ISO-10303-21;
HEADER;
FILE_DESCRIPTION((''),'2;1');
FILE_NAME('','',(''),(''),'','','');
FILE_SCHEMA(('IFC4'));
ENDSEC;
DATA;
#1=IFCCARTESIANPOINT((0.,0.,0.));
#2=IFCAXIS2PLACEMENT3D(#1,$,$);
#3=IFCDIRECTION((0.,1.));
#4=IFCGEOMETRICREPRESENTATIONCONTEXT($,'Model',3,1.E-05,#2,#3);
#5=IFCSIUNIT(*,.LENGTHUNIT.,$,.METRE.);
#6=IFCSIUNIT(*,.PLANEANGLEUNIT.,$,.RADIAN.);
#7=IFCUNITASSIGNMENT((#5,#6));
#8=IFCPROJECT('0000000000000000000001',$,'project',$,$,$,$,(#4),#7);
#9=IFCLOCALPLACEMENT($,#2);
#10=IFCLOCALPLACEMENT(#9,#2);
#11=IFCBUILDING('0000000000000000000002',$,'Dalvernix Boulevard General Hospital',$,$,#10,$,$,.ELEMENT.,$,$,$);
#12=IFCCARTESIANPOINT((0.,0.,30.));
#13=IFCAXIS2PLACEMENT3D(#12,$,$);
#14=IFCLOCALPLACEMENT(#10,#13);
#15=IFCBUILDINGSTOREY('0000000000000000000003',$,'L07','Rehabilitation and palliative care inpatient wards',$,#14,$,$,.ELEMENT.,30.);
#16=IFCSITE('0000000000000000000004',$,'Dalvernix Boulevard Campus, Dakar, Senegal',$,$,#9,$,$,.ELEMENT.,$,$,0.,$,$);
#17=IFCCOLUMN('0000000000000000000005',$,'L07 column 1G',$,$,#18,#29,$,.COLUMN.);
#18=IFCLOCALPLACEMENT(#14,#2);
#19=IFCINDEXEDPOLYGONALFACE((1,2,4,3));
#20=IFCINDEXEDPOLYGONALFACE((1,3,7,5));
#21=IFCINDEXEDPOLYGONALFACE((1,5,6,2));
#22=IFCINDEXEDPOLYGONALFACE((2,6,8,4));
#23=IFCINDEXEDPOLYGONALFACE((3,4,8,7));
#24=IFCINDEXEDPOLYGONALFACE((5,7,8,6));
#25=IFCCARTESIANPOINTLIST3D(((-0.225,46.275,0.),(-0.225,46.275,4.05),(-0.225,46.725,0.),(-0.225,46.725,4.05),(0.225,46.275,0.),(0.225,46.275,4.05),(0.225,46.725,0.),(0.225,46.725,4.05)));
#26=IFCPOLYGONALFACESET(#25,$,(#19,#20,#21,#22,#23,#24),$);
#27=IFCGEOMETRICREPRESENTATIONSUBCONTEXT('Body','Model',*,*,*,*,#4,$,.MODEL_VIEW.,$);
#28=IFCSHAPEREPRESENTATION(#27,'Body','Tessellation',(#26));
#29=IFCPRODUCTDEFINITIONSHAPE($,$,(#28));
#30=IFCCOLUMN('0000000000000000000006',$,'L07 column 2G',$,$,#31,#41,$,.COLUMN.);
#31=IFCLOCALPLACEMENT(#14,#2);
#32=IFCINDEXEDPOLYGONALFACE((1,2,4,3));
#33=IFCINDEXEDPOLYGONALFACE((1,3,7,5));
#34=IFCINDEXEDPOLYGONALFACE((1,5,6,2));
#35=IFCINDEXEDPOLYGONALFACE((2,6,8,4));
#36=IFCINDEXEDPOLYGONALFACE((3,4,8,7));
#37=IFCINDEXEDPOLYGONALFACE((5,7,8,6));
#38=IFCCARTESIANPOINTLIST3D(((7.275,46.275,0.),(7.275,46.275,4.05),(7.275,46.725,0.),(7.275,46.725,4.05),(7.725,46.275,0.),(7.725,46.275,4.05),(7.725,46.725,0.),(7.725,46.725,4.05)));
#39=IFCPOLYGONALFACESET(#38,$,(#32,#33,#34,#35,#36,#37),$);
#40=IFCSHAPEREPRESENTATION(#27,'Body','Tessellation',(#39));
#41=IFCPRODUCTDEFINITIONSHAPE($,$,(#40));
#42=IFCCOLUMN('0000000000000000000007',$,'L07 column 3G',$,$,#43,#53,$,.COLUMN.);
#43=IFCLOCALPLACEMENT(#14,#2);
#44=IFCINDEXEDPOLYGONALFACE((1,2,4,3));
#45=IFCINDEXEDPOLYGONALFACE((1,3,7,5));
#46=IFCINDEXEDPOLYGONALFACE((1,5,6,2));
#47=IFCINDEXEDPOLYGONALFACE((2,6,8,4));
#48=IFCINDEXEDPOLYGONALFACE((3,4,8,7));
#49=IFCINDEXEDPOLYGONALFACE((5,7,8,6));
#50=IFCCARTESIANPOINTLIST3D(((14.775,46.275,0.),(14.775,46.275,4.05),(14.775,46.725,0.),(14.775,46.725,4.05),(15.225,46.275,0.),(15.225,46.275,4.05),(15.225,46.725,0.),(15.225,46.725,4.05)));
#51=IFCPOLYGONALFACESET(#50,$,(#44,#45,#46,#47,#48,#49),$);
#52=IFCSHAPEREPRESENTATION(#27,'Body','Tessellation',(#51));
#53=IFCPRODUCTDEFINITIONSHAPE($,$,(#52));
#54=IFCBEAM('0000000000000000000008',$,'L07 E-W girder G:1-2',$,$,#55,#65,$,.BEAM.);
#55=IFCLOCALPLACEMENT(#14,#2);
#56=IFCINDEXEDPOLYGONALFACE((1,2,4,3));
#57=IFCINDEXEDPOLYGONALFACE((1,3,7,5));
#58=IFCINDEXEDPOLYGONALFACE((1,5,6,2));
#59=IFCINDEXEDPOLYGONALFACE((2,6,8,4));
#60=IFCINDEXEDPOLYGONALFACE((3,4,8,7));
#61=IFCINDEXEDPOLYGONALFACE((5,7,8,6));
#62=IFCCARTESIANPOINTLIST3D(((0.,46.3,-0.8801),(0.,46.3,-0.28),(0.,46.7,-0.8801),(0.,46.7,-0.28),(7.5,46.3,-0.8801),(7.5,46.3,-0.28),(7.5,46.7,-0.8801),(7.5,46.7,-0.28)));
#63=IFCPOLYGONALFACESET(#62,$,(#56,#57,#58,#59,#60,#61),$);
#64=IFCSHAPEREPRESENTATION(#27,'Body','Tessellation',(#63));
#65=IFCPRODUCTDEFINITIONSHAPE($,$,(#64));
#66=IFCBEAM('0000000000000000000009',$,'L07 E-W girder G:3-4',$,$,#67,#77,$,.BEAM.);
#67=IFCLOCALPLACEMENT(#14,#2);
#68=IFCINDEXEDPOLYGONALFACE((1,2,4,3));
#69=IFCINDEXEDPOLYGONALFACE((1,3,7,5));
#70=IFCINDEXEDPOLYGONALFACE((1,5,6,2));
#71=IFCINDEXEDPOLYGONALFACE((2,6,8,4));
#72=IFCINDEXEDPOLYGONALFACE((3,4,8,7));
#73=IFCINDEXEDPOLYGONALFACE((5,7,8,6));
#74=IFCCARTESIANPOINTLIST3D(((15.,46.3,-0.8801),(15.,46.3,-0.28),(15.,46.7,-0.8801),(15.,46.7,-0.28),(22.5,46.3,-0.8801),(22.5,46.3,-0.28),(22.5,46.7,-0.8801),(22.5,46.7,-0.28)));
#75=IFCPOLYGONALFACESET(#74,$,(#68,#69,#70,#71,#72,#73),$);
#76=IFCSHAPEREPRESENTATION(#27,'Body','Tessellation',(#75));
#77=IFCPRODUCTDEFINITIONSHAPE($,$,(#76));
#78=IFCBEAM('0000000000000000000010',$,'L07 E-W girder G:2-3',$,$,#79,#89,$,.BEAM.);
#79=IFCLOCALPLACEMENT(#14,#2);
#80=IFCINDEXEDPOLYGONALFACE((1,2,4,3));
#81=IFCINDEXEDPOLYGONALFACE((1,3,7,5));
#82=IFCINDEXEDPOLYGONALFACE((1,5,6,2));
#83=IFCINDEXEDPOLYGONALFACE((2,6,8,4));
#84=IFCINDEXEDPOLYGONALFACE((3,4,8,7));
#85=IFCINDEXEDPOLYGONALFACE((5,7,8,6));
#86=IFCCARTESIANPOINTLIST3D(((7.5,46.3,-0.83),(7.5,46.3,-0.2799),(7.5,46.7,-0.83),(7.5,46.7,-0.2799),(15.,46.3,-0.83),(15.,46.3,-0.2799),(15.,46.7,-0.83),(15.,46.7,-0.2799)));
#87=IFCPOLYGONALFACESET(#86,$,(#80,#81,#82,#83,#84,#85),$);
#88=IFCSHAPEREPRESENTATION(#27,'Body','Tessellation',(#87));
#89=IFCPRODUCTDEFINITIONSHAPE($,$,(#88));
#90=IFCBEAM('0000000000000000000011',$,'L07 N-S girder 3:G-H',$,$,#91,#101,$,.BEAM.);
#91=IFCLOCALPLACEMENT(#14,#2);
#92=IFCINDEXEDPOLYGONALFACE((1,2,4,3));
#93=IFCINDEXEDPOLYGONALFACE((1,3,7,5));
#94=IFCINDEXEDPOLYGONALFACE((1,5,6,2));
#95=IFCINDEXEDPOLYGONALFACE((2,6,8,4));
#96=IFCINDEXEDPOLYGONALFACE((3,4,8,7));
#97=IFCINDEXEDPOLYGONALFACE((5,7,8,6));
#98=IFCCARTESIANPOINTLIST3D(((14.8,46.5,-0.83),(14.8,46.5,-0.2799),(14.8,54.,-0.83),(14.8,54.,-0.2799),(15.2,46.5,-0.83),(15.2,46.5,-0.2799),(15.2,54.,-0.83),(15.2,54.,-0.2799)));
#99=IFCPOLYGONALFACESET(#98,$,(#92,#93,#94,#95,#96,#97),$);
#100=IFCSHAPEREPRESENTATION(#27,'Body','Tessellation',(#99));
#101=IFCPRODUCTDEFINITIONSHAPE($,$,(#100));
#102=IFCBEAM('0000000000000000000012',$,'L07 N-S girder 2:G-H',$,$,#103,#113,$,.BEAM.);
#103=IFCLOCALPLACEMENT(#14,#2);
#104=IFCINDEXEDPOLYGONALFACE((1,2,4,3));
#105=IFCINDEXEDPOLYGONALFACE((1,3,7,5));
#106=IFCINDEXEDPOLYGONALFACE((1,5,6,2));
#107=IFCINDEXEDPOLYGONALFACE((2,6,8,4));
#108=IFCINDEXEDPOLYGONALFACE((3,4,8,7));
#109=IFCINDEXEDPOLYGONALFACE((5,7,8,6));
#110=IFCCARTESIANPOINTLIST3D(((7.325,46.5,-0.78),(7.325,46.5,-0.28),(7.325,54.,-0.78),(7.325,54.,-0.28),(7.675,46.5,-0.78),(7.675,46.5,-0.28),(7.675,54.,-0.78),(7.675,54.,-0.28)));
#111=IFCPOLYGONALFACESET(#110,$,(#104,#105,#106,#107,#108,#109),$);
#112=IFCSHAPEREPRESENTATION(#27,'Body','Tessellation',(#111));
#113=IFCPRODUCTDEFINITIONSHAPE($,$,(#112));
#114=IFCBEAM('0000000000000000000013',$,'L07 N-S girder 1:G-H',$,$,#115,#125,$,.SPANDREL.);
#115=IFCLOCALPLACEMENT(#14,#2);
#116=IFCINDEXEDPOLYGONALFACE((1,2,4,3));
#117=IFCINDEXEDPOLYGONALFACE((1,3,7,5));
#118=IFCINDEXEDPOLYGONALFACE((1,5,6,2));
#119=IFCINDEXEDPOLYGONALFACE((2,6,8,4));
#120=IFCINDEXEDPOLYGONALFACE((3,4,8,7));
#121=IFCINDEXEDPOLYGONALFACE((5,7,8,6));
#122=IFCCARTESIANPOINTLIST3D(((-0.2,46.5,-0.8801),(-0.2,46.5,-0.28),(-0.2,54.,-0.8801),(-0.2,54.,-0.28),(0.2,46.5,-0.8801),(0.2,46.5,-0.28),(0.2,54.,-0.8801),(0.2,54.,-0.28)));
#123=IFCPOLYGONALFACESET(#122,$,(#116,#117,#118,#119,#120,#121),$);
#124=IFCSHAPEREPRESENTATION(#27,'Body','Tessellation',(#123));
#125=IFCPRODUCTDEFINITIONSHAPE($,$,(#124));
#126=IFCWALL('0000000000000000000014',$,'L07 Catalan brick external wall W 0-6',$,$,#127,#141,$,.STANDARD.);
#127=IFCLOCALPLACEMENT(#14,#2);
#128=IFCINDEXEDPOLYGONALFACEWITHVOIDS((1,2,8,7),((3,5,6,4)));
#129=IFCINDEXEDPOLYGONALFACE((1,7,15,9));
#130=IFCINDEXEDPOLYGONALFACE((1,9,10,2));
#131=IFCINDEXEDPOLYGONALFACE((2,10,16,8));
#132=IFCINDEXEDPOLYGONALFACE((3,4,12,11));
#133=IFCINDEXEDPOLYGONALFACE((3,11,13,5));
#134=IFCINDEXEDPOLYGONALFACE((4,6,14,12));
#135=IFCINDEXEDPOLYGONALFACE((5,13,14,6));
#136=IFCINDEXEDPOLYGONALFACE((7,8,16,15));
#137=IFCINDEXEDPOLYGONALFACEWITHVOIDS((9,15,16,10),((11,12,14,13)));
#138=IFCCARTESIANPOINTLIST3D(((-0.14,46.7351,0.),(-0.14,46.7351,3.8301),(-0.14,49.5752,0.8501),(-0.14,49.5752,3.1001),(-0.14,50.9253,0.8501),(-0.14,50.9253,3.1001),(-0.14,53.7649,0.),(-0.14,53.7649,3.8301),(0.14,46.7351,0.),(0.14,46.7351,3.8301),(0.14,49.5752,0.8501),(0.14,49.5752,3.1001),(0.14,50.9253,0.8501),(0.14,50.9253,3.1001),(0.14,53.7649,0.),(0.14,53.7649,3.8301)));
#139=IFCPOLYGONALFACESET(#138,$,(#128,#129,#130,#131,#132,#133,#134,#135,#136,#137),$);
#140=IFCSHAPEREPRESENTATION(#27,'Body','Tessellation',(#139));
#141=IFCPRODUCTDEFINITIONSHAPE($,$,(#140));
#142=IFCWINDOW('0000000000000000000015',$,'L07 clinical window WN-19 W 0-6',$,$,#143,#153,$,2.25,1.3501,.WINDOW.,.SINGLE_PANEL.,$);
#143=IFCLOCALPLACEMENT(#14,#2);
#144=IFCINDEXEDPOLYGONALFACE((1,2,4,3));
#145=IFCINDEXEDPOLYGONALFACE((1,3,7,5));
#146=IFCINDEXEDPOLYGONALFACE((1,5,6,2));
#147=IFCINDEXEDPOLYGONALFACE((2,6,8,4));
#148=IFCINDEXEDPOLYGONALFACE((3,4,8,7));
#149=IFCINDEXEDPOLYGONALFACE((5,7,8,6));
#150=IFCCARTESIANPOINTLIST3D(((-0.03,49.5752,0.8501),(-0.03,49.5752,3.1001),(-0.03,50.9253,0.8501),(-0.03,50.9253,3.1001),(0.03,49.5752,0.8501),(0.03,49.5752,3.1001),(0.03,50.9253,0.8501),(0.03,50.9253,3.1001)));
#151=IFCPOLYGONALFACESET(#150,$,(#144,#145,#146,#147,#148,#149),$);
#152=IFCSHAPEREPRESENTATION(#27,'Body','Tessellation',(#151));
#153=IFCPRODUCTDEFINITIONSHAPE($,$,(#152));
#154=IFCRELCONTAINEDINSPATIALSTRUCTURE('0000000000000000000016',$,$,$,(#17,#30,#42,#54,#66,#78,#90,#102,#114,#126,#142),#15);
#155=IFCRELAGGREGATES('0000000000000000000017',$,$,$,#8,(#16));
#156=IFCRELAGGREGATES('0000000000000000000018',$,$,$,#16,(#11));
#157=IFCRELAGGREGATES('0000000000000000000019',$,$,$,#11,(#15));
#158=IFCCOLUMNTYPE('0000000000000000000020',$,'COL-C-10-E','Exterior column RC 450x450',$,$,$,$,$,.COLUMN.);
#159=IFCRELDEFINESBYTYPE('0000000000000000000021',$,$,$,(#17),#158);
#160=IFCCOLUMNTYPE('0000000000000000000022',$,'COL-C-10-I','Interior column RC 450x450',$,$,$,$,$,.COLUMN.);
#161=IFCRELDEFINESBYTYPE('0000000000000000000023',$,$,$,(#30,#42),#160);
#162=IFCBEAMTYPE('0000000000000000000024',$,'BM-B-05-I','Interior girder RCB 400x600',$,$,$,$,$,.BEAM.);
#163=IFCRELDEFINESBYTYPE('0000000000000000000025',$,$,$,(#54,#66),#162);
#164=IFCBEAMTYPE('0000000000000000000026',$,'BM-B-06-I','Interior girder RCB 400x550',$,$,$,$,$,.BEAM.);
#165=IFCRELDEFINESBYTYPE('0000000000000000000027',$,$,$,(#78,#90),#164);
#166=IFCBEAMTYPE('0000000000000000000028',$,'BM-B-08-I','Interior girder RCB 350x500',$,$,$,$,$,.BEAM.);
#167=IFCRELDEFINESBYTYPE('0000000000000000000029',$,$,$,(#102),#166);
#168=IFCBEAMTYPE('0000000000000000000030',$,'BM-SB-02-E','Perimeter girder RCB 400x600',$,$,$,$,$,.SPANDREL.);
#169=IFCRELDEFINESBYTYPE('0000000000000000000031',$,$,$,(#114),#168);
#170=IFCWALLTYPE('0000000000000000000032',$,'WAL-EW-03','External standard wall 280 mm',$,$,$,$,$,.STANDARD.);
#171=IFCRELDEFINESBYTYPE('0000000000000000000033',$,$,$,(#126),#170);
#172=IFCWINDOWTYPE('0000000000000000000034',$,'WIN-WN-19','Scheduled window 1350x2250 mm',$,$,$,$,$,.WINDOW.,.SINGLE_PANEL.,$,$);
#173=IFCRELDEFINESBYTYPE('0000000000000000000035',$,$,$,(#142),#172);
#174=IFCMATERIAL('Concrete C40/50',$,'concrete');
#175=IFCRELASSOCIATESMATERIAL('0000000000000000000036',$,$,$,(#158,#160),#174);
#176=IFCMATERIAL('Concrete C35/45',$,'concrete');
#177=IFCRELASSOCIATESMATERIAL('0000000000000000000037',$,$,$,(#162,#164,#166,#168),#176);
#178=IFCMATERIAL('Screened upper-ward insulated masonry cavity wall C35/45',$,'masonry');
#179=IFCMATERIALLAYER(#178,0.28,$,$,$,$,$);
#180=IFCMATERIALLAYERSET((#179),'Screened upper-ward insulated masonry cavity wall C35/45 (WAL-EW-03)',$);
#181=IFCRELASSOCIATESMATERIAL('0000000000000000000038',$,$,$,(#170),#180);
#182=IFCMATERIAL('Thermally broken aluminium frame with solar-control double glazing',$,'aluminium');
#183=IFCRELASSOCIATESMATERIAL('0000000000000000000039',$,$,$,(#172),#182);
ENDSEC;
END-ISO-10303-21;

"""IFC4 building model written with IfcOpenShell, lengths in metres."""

from ifc_helpers import new_model, si_unit, direction, frame, frame_2d, origin, origin_2d, place, context, subcontext, project, spatial, rectangle, extrude, material, layer, layer_set, material_profile, profile_set, type_object, element, fill, save


model = new_model("IFC4")

# Units and contexts
model_context = context("Model", 3, precision=1e-05, world=origin(), true_north=direction((0.0, 1.0)))
body_context = subcontext(model_context, "Body", "Model", "MODEL_VIEW")
ifc_project = project(units=[si_unit("LENGTHUNIT", "METRE"), si_unit("PLANEANGLEUNIT", "RADIAN")], contexts=[model_context])

# Site, building, storey
site_placement = place(None, origin())
site = spatial("IfcSite", under=ifc_project, at=site_placement, Name="Dalvernix Boulevard Campus, Dakar, Senegal", CompositionType="ELEMENT", RefElevation=0.0)
building_placement = place(site_placement, origin())
building = spatial("IfcBuilding", under=site, at=building_placement, Name="Dalvernix Boulevard General Hospital", CompositionType="ELEMENT")
storey_placement = place(building_placement, frame((0.0, 0.0, 30.0)))
storey = spatial("IfcBuildingStorey", under=building, at=storey_placement, Name="L07", Description="Rehabilitation and palliative care inpatient wards", CompositionType="ELEMENT", Elevation=30.0)

# Columns
ifc_material_1 = material(Name="Concrete C40/50", Category="concrete")
ifc_material_profile_1 = material_profile(ifc_material_1, rectangle(XDim=0.45, YDim=0.45, at=origin_2d()), Name="RC 450x450")
ifc_profile_set_1 = profile_set([ifc_material_profile_1], Name="Concrete C40/50")
column_type_1 = type_object("IfcColumnType", Name="COL-C-10-E", Description="Exterior column RC 450x450", PredefinedType="COLUMN", material=ifc_profile_set_1)
column_placement = place(storey_placement, frame((0.0, 46.5, 0.0), z_axis=(0.0, 0.0, 1.0), x_axis=(1.0, 0.0, 0.0)))
element("IfcColumn", 1, at=column_placement, inside=storey, type_object=column_type_1, Name="L07 column 1G", PredefinedType="COLUMN", context=body_context, shape_type="SweptSolid", body=[
    extrude(rectangle(XDim=0.45, YDim=0.45, at=origin_2d()), origin(), (0.0, 0.0, 1.0), 4.05),
])
ifc_material_profile_2 = material_profile(ifc_material_1, rectangle(XDim=0.45, YDim=0.45, at=origin_2d()), Name="RC 450x450")
ifc_profile_set_2 = profile_set([ifc_material_profile_2], Name="Concrete C40/50")
column_type_2 = type_object("IfcColumnType", Name="COL-C-10-I", Description="Interior column RC 450x450", PredefinedType="COLUMN", material=ifc_profile_set_2)
for number, where, z_axis, x_axis, name in (
    (2, (7.5, 46.5, 0.0), (0.0, 0.0, 1.0), (1.0, 0.0, 0.0), "L07 column 2G"),
    (3, (15.0, 46.5, 0.0), (0.0, 0.0, 1.0), (1.0, 0.0, 0.0), "L07 column 3G"),
):
    element("IfcColumn", number, at=place(storey_placement, frame(where, z_axis=z_axis, x_axis=x_axis)), inside=storey, type_object=column_type_2, Name=name, PredefinedType="COLUMN", context=body_context, shape_type="SweptSolid", body=[
        extrude(rectangle(XDim=0.45, YDim=0.45, at=origin_2d()), origin(), (0.0, 0.0, 1.0), 4.05),
    ])

# Beams
ifc_material_2 = material(Name="Concrete C35/45", Category="concrete")
ifc_material_profile_3 = material_profile(ifc_material_2, rectangle(XDim=0.3999, YDim=0.6001, at=origin_2d()), Name="RCB 400x600")
ifc_profile_set_3 = profile_set([ifc_material_profile_3], Name="Concrete C35/45")
beam_type_1 = type_object("IfcBeamType", Name="BM-B-05-I", Description="Interior girder RCB 400x600", PredefinedType="BEAM", material=ifc_profile_set_3)
for number, where, z_axis, x_axis, name in (
    (4, (0.0, 46.5, -0.5801), (1.0, 0.0, 0.0), (0.0, 1.0, 0.0), "L07 E-W girder G:1-2"),
    (5, (15.0, 46.5, -0.5801), (1.0, 0.0, 0.0), (0.0, 1.0, 0.0), "L07 E-W girder G:3-4"),
):
    element("IfcBeam", number, at=place(storey_placement, frame(where, z_axis=z_axis, x_axis=x_axis)), inside=storey, type_object=beam_type_1, Name=name, PredefinedType="BEAM", context=body_context, shape_type="SweptSolid", body=[
        extrude(rectangle(XDim=0.3999, YDim=0.6001, at=origin_2d()), origin(), (0.0, 0.0, 1.0), 7.5),
    ])
ifc_material_profile_4 = material_profile(ifc_material_2, rectangle(XDim=0.3999, YDim=0.55, at=origin_2d()), Name="RCB 400x550")
ifc_profile_set_4 = profile_set([ifc_material_profile_4], Name="Concrete C35/45")
beam_type_2 = type_object("IfcBeamType", Name="BM-B-06-I", Description="Interior girder RCB 400x550", PredefinedType="BEAM", material=ifc_profile_set_4)
for number, where, z_axis, x_axis, name in (
    (6, (7.5, 46.5, -0.5549), (1.0, 0.0, 0.0), (0.0, 1.0, 0.0), "L07 E-W girder G:2-3"),
    (7, (15.0, 46.5, -0.5549), (0.0, 1.0, 0.0), (-1.0, 0.0, 0.0), "L07 N-S girder 3:G-H"),
):
    element("IfcBeam", number, at=place(storey_placement, frame(where, z_axis=z_axis, x_axis=x_axis)), inside=storey, type_object=beam_type_2, Name=name, PredefinedType="BEAM", context=body_context, shape_type="SweptSolid", body=[
        extrude(rectangle(XDim=0.3999, YDim=0.55, at=origin_2d()), origin(), (0.0, 0.0, 1.0), 7.5),
    ])
ifc_material_profile_5 = material_profile(ifc_material_2, rectangle(XDim=0.3501, YDim=0.5, at=origin_2d()), Name="RCB 350x500")
ifc_profile_set_5 = profile_set([ifc_material_profile_5], Name="Concrete C35/45")
beam_type_3 = type_object("IfcBeamType", Name="BM-B-08-I", Description="Interior girder RCB 350x500", PredefinedType="BEAM", material=ifc_profile_set_5)
beam_1_placement = place(storey_placement, frame((7.5, 46.5, -0.53), z_axis=(0.0, 1.0, 0.0), x_axis=(-1.0, 0.0, 0.0)))
element("IfcBeam", 8, at=beam_1_placement, inside=storey, type_object=beam_type_3, Name="L07 N-S girder 2:G-H", PredefinedType="BEAM", context=body_context, shape_type="SweptSolid", body=[
    extrude(rectangle(XDim=0.3501, YDim=0.5, at=origin_2d()), origin(), (0.0, 0.0, 1.0), 7.5),
])
ifc_material_profile_6 = material_profile(ifc_material_2, rectangle(XDim=0.3999, YDim=0.6001, at=origin_2d()), Name="RCB 400x600")
ifc_profile_set_6 = profile_set([ifc_material_profile_6], Name="Concrete C35/45")
beam_type_4 = type_object("IfcBeamType", Name="BM-SB-02-E", Description="Perimeter girder RCB 400x600", PredefinedType="SPANDREL", material=ifc_profile_set_6)
beam_2_placement = place(storey_placement, frame((0.0, 46.5, -0.5801), z_axis=(0.0, 1.0, 0.0), x_axis=(-1.0, 0.0, 0.0)))
element("IfcBeam", 9, at=beam_2_placement, inside=storey, type_object=beam_type_4, Name="L07 N-S girder 1:G-H", PredefinedType="SPANDREL", context=body_context, shape_type="SweptSolid", body=[
    extrude(rectangle(XDim=0.3999, YDim=0.6001, at=origin_2d()), origin(), (0.0, 0.0, 1.0), 7.5),
])

# Wall, opening, window
ifc_material_3 = material(Name="Screened upper-ward insulated masonry cavity wall C35/45", Category="masonry")
ifc_layer_1 = layer(ifc_material_3, 0.28)
ifc_layer_set_1 = layer_set([ifc_layer_1], Name="Screened upper-ward insulated masonry cavity wall C35/45 (WAL-EW-03)")
wall_type_1 = type_object("IfcWallType", Name="WAL-EW-03", Description="External standard wall 280 mm", PredefinedType="STANDARD", material=ifc_layer_set_1)
wall_1_placement = place(storey_placement, frame((0.0, 46.7351, 0.0), z_axis=(0.0, 0.0, 1.0), x_axis=(0.0, 1.0, 0.0)))
wall_1 = element("IfcWall", 10, at=wall_1_placement, inside=storey, type_object=wall_type_1, Name="L07 Catalan brick external wall W 0-6", PredefinedType="STANDARD", context=body_context, shape_type="SweptSolid", body=[
    extrude(rectangle(XDim=7.0298, YDim=0.28, at=frame_2d((3.5149, 0.0))), origin(), (0.0, 0.0, 1.0), 3.8301),
])
opening_1_placement = place(wall_1_placement, frame((2.8401, 0.0, 0.8501)))
opening_1 = element("IfcOpeningElement", 11, at=opening_1_placement, cuts=wall_1, PredefinedType="OPENING", context=body_context, shape_type="SweptSolid", body=[
    extrude(rectangle(XDim=1.3501, YDim=2.25, at=frame_2d((0.675, 1.125))), frame((0.0, 0.1499, 0.0), z_axis=(0.0, -1.0, 0.0), x_axis=(1.0, 0.0, 0.0)), (0.0, 0.0, 1.0), 0.3),
])
ifc_material_4 = material(Name="Thermally broken aluminium frame with solar-control double glazing", Category="aluminium")
window_type = type_object("IfcWindowType", Name="WIN-WN-19", Description="Scheduled window 1350x2250 mm", PartitioningType="SINGLE_PANEL", PredefinedType="WINDOW", material=ifc_material_4)
window_placement = place(opening_1_placement, origin())
window = element("IfcWindow", 12, at=window_placement, inside=storey, type_object=window_type, Name="L07 clinical window WN-19 W 0-6", OverallHeight=2.25, OverallWidth=1.3501, PartitioningType="SINGLE_PANEL", PredefinedType="WINDOW", context=body_context, shape_type="SweptSolid", body=[
    extrude(rectangle(XDim=1.3501, YDim=2.25, at=frame_2d((0.675, 1.125))), frame((0.0, 0.03, 0.0), z_axis=(0.0, -1.0, 0.0), x_axis=(1.0, 0.0, 0.0)), (0.0, 0.0, 1.0), 0.0601),
])
fill(opening_1, window)

save(model, "model.ifc")
